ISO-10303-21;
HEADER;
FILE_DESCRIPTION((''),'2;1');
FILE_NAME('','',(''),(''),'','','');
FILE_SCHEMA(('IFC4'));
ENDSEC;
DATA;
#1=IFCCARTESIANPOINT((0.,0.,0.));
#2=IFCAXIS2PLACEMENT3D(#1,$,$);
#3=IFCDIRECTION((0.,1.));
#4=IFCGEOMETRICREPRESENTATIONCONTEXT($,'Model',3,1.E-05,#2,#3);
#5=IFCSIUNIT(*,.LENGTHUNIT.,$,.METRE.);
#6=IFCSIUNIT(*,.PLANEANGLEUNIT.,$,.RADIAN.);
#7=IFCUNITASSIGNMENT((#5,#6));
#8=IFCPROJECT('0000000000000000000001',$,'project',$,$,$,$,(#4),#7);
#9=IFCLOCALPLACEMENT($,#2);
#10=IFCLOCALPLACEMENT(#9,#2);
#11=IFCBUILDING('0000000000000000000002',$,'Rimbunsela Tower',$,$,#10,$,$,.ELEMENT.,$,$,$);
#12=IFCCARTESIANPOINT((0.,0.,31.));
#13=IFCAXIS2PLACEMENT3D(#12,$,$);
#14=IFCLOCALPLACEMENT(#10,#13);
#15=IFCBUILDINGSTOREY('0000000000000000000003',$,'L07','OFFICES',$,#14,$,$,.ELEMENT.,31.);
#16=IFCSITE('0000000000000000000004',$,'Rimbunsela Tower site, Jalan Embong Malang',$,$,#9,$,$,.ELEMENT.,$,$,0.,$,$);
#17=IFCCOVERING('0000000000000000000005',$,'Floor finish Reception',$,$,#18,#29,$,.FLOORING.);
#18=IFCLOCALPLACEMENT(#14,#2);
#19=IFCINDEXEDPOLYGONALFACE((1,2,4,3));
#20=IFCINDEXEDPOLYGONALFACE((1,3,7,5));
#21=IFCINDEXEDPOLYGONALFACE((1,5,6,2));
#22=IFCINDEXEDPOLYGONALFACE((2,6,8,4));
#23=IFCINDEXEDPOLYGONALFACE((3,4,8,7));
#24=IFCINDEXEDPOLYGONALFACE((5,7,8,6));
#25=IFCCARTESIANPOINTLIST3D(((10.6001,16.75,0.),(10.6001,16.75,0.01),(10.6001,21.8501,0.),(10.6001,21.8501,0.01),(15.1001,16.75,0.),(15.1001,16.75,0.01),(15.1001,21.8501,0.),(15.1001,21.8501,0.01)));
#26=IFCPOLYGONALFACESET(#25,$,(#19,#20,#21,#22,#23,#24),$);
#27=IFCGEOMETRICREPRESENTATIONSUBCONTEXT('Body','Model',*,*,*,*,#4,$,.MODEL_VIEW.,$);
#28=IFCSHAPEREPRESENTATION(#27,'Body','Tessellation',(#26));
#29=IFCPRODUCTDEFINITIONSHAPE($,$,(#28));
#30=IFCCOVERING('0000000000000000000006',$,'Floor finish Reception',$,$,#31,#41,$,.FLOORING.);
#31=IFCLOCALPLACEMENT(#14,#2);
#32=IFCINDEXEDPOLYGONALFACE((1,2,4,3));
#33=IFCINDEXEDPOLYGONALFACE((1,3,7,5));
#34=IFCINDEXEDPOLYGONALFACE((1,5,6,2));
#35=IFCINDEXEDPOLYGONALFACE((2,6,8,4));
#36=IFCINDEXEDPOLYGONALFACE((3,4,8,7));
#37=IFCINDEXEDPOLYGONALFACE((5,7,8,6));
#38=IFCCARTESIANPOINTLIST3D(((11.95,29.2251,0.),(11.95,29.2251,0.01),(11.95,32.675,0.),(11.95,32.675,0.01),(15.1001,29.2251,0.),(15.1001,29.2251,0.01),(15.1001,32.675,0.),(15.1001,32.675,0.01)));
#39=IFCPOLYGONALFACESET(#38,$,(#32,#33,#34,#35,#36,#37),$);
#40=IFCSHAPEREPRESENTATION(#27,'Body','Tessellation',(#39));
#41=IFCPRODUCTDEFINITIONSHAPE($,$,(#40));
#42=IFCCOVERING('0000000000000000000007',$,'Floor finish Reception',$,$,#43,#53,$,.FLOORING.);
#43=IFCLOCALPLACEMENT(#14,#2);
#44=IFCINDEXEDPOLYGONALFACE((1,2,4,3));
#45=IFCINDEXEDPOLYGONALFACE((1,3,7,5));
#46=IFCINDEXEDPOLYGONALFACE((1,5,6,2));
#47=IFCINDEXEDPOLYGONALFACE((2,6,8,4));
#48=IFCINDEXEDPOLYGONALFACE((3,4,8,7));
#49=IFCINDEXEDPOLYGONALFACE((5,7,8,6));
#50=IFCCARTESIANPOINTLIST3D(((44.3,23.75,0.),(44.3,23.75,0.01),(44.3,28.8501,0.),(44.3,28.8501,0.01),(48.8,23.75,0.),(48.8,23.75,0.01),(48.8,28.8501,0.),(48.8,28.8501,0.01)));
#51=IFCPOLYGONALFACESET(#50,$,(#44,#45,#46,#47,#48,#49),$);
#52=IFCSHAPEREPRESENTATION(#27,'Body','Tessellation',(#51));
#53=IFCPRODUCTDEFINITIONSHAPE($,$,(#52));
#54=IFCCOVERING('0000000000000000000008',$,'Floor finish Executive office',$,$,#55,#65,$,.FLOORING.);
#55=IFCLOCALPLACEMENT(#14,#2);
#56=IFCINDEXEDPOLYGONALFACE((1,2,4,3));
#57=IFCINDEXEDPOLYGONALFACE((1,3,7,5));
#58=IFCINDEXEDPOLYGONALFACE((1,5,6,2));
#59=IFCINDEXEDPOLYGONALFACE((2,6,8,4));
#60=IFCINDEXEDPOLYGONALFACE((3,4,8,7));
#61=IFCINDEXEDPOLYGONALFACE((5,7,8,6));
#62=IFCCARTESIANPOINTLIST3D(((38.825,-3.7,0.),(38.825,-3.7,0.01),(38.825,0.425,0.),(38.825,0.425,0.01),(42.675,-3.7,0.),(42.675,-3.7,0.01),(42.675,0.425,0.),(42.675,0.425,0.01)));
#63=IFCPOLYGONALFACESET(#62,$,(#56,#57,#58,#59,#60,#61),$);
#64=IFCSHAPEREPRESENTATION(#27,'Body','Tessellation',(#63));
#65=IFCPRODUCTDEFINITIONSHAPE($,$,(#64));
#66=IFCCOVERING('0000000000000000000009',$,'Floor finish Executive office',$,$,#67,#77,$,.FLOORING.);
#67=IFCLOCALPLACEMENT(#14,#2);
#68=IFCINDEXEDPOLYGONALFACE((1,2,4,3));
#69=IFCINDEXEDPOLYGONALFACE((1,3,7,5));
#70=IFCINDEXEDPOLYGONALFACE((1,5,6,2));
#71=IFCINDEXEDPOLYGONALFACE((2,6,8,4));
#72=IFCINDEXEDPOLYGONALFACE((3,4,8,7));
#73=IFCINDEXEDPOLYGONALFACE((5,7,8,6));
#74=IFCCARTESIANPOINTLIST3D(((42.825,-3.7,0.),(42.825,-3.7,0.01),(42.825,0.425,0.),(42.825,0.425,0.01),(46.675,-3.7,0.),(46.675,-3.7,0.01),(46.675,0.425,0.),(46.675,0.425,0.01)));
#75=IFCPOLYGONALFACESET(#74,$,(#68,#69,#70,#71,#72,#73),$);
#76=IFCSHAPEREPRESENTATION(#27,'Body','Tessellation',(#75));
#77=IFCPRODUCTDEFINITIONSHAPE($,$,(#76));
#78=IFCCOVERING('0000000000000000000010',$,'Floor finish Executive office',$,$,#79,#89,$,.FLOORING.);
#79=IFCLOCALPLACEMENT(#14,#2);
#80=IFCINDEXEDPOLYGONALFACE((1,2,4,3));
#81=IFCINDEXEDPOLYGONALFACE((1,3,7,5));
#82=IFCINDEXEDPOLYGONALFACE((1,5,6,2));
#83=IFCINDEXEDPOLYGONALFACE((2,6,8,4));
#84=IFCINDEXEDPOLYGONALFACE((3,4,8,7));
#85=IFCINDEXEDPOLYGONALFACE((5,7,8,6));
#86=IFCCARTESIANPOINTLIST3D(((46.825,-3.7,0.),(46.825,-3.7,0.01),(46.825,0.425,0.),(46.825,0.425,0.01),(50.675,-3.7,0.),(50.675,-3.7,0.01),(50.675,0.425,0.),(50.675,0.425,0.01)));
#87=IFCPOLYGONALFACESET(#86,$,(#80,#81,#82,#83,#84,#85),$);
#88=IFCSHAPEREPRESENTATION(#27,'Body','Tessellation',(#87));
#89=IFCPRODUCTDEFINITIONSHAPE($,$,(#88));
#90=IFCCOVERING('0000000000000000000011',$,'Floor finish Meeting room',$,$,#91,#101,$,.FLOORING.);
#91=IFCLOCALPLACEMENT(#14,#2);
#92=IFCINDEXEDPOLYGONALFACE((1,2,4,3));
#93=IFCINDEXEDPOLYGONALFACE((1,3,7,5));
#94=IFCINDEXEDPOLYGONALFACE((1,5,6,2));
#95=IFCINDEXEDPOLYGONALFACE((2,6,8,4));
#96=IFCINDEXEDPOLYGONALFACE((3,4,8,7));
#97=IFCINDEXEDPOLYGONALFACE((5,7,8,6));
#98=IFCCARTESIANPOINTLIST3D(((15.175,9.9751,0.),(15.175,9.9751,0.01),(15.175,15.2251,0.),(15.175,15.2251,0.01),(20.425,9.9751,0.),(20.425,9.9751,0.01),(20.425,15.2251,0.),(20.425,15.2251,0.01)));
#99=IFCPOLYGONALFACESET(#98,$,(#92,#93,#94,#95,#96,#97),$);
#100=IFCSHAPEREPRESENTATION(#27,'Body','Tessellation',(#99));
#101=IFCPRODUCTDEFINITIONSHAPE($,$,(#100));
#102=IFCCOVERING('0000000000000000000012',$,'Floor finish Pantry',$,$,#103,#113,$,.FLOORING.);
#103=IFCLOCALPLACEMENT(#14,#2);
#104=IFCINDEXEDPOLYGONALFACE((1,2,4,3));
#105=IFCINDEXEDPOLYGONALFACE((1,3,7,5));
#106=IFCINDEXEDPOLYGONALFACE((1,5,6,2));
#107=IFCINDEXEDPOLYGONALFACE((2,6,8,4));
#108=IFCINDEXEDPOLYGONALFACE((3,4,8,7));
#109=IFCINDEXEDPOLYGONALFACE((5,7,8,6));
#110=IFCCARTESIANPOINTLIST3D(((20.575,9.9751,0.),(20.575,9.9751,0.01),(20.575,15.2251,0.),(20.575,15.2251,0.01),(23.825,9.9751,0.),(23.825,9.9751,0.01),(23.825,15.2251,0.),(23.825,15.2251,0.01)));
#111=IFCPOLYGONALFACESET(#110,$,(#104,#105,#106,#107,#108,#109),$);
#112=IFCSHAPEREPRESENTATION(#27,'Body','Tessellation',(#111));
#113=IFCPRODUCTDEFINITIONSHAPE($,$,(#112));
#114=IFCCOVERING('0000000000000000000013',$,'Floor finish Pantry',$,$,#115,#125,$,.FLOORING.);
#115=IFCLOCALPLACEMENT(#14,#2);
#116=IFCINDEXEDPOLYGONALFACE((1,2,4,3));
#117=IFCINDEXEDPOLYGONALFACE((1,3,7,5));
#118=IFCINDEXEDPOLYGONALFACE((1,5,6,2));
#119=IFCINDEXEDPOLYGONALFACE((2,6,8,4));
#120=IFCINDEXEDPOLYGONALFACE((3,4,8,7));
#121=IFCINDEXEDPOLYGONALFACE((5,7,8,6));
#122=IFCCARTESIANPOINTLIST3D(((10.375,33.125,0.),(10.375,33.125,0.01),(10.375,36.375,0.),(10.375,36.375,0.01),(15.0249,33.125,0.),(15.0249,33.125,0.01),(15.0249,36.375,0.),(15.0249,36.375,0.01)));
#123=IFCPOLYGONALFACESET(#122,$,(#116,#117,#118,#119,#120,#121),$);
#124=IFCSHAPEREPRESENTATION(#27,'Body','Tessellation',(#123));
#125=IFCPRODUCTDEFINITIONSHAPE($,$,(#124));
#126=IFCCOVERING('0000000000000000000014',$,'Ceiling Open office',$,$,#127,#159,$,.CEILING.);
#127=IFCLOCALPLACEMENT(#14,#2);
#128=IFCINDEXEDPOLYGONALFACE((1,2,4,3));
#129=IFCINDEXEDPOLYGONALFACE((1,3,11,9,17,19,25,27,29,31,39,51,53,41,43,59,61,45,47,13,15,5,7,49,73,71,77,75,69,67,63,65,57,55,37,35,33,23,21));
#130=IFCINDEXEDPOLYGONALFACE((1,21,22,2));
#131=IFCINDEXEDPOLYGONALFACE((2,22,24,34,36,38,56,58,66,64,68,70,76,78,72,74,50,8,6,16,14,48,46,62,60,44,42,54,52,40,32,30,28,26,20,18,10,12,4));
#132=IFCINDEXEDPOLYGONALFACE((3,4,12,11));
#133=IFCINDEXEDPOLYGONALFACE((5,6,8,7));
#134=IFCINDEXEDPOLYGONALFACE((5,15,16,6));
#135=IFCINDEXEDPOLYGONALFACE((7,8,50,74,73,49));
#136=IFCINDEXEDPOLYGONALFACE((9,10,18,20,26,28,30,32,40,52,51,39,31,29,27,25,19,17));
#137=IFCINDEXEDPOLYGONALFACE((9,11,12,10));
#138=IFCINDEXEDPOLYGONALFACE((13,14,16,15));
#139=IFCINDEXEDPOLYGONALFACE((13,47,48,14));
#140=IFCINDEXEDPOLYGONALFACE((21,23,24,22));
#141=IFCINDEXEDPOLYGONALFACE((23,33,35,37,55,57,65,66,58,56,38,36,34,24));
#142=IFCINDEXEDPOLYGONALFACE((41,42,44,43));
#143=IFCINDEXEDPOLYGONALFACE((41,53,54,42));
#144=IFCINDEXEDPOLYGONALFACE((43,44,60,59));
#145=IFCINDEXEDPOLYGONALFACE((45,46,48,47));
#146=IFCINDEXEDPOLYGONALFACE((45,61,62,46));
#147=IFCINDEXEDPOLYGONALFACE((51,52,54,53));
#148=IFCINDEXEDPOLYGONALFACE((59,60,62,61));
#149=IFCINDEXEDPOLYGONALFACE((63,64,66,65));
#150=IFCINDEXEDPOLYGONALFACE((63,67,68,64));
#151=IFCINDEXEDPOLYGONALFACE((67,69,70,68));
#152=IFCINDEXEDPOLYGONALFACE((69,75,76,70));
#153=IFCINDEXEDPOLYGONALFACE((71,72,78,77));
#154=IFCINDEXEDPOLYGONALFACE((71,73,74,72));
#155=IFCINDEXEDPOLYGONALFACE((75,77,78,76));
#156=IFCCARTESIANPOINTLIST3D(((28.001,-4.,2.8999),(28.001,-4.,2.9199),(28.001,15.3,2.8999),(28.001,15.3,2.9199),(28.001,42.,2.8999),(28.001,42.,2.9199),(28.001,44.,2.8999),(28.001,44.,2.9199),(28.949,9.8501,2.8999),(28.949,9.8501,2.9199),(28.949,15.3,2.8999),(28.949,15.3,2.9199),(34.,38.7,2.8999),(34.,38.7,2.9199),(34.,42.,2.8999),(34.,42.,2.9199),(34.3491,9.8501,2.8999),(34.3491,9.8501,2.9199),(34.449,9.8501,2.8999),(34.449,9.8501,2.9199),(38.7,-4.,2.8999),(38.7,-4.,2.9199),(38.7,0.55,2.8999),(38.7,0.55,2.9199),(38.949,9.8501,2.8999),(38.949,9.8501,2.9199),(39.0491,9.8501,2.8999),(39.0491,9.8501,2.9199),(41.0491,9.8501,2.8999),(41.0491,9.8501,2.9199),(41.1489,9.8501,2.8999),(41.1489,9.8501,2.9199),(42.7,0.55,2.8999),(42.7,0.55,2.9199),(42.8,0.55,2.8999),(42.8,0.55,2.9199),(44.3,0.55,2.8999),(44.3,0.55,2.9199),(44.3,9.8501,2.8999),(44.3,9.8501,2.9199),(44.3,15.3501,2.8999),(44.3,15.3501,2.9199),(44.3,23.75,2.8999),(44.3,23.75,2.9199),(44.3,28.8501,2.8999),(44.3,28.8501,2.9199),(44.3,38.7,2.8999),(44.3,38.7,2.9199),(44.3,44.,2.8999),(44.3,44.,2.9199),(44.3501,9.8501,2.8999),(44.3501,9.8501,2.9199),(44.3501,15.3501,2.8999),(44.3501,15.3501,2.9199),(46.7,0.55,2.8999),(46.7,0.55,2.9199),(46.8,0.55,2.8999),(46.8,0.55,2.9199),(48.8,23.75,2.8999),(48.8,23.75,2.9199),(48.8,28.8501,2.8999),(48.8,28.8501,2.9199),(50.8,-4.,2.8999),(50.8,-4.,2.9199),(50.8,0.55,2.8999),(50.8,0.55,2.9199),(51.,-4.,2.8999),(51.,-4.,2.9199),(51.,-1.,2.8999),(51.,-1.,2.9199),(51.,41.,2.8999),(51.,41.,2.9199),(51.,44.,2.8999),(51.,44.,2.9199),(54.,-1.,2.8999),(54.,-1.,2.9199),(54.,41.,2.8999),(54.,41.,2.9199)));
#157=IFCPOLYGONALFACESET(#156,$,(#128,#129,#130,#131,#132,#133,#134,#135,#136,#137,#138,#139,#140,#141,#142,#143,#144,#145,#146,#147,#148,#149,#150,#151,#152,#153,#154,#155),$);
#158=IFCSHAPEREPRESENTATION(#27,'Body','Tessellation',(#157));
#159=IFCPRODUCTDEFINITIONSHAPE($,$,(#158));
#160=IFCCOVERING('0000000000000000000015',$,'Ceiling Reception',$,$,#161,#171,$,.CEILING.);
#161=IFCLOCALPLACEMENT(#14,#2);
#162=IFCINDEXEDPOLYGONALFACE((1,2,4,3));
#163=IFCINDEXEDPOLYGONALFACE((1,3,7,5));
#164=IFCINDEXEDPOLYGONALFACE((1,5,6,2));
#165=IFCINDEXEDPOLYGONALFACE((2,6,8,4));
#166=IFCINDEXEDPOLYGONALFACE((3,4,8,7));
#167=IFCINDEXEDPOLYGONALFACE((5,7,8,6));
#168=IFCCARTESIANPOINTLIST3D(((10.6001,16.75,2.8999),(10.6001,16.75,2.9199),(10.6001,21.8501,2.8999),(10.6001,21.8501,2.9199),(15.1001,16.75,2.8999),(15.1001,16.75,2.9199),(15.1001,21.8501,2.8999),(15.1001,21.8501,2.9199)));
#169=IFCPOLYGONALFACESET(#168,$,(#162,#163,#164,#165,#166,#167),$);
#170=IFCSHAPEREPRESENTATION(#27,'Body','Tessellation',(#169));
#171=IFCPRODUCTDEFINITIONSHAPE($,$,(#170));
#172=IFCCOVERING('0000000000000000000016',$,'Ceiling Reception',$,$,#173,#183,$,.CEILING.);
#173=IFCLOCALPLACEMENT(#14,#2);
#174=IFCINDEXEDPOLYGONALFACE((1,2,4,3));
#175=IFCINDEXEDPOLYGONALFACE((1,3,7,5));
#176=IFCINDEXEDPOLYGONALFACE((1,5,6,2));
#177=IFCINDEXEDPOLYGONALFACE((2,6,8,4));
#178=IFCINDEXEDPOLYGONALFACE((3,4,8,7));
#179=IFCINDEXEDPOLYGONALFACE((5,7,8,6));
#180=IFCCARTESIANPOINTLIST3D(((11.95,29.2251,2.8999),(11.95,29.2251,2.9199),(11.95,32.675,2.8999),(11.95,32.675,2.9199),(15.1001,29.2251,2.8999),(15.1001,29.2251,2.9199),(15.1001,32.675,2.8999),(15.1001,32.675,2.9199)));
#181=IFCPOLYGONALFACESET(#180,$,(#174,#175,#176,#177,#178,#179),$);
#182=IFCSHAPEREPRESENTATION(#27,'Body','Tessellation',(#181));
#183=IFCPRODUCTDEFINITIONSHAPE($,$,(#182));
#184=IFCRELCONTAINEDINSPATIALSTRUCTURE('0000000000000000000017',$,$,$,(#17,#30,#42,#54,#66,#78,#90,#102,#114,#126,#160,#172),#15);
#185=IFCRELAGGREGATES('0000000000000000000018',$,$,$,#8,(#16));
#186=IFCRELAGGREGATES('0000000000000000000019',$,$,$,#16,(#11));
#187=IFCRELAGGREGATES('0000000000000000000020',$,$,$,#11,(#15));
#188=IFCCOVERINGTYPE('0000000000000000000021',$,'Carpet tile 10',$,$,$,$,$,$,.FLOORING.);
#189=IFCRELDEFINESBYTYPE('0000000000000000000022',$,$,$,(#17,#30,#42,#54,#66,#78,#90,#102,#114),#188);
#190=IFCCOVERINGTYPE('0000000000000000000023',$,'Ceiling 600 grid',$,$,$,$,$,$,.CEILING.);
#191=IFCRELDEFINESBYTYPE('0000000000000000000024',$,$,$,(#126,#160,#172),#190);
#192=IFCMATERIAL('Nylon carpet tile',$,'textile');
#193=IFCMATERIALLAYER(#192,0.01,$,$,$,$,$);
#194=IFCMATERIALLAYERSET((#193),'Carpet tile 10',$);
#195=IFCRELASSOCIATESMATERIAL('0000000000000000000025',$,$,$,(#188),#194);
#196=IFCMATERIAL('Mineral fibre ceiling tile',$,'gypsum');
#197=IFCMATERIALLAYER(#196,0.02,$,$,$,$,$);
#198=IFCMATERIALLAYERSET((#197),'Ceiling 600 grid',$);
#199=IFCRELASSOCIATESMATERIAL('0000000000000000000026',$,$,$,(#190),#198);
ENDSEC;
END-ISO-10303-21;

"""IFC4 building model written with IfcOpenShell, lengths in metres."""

from ifc_helpers import new_model, si_unit, direction, frame, origin, place, context, subcontext, project, spatial, polyline, outline, extrude, material, layer, layer_set, type_object, element, save


model = new_model("IFC4")

# Units and contexts
model_context = context("Model", 3, precision=1e-05, world=origin(), true_north=direction((0.0, 1.0)))
body_context = subcontext(model_context, "Body", "Model", "MODEL_VIEW")
ifc_project = project(units=[si_unit("LENGTHUNIT", "METRE"), si_unit("PLANEANGLEUNIT", "RADIAN")], contexts=[model_context])

# Site, building, storey
site_placement = place(None, origin())
site = spatial("IfcSite", under=ifc_project, at=site_placement, Name="Rimbunsela Tower site, Jalan Embong Malang", CompositionType="ELEMENT", RefElevation=0.0)
building_placement = place(site_placement, origin())
building = spatial("IfcBuilding", under=site, at=building_placement, Name="Rimbunsela Tower", CompositionType="ELEMENT")
storey_placement = place(building_placement, frame((0.0, 0.0, 31.0)))
storey = spatial("IfcBuildingStorey", under=building, at=storey_placement, Name="L07", Description="OFFICES", CompositionType="ELEMENT", Elevation=31.0)

# Coverings
ifc_material_1 = material(Name="Nylon carpet tile", Category="textile")
ifc_layer_1 = layer(ifc_material_1, 0.01)
ifc_layer_set_1 = layer_set([ifc_layer_1], Name="Carpet tile 10")
covering_type_1 = type_object("IfcCoveringType", Name="Carpet tile 10", PredefinedType="FLOORING", material=ifc_layer_set_1)
covering_1_placement = place(storey_placement, origin())
element("IfcCovering", 1, at=covering_1_placement, inside=storey, type_object=covering_type_1, Name="Floor finish Reception", PredefinedType="FLOORING", context=body_context, shape_type="SweptSolid", body=[
    extrude(outline(polyline([(15.1001, 16.75), (15.1001, 21.8501), (10.6001, 21.8501), (10.6001, 16.75), (15.1001, 16.75)])), origin(), (0.0, 0.0, 1.0), 0.01),
])
covering_2_placement = place(storey_placement, origin())
element("IfcCovering", 2, at=covering_2_placement, inside=storey, type_object=covering_type_1, Name="Floor finish Reception", PredefinedType="FLOORING", context=body_context, shape_type="SweptSolid", body=[
    extrude(outline(polyline([(15.1001, 29.2251), (15.1001, 32.675), (11.95, 32.675), (11.95, 29.2251), (15.1001, 29.2251)])), origin(), (0.0, 0.0, 1.0), 0.01),
])
covering_3_placement = place(storey_placement, origin())
element("IfcCovering", 3, at=covering_3_placement, inside=storey, type_object=covering_type_1, Name="Floor finish Reception", PredefinedType="FLOORING", context=body_context, shape_type="SweptSolid", body=[
    extrude(outline(polyline([(48.8, 23.75), (48.8, 28.8501), (44.3, 28.8501), (44.3, 23.75), (48.8, 23.75)])), origin(), (0.0, 0.0, 1.0), 0.01),
])
covering_4_placement = place(storey_placement, origin())
element("IfcCovering", 4, at=covering_4_placement, inside=storey, type_object=covering_type_1, Name="Floor finish Executive office", PredefinedType="FLOORING", context=body_context, shape_type="SweptSolid", body=[
    extrude(outline(polyline([(42.675, -3.7), (42.675, 0.425), (38.825, 0.425), (38.825, -3.7), (42.675, -3.7)])), origin(), (0.0, 0.0, 1.0), 0.01),
])
covering_5_placement = place(storey_placement, origin())
element("IfcCovering", 5, at=covering_5_placement, inside=storey, type_object=covering_type_1, Name="Floor finish Executive office", PredefinedType="FLOORING", context=body_context, shape_type="SweptSolid", body=[
    extrude(outline(polyline([(46.675, -3.7), (46.675, 0.425), (42.825, 0.425), (42.825, -3.7), (46.675, -3.7)])), origin(), (0.0, 0.0, 1.0), 0.01),
])
covering_6_placement = place(storey_placement, origin())
element("IfcCovering", 6, at=covering_6_placement, inside=storey, type_object=covering_type_1, Name="Floor finish Executive office", PredefinedType="FLOORING", context=body_context, shape_type="SweptSolid", body=[
    extrude(outline(polyline([(50.675, -3.7), (50.675, 0.425), (46.825, 0.425), (46.825, -3.7), (50.675, -3.7)])), origin(), (0.0, 0.0, 1.0), 0.01),
])
covering_7_placement = place(storey_placement, origin())
element("IfcCovering", 7, at=covering_7_placement, inside=storey, type_object=covering_type_1, Name="Floor finish Meeting room", PredefinedType="FLOORING", context=body_context, shape_type="SweptSolid", body=[
    extrude(outline(polyline([(20.425, 9.9751), (20.425, 15.2251), (15.175, 15.2251), (15.175, 9.9751), (20.425, 9.9751)])), origin(), (0.0, 0.0, 1.0), 0.01),
])
covering_8_placement = place(storey_placement, origin())
element("IfcCovering", 8, at=covering_8_placement, inside=storey, type_object=covering_type_1, Name="Floor finish Pantry", PredefinedType="FLOORING", context=body_context, shape_type="SweptSolid", body=[
    extrude(outline(polyline([(23.825, 9.9751), (23.825, 15.2251), (20.575, 15.2251), (20.575, 9.9751), (23.825, 9.9751)])), origin(), (0.0, 0.0, 1.0), 0.01),
])
covering_9_placement = place(storey_placement, origin())
element("IfcCovering", 9, at=covering_9_placement, inside=storey, type_object=covering_type_1, Name="Floor finish Pantry", PredefinedType="FLOORING", context=body_context, shape_type="SweptSolid", body=[
    extrude(outline(polyline([(15.0249, 33.125), (15.0249, 36.375), (10.375, 36.375), (10.375, 33.125), (15.0249, 33.125)])), origin(), (0.0, 0.0, 1.0), 0.01),
])
ifc_material_2 = material(Name="Mineral fibre ceiling tile", Category="gypsum")
ifc_layer_2 = layer(ifc_material_2, 0.02)
ifc_layer_set_2 = layer_set([ifc_layer_2], Name="Ceiling 600 grid")
covering_type_2 = type_object("IfcCoveringType", Name="Ceiling 600 grid", PredefinedType="CEILING", material=ifc_layer_set_2)
covering_10_placement = place(storey_placement, frame((0.0, 0.0, 2.8999)))
element("IfcCovering", 10, at=covering_10_placement, inside=storey, type_object=covering_type_2, Name="Ceiling Open office", PredefinedType="CEILING", context=body_context, shape_type="SweptSolid", body=[
    extrude(outline(polyline([(42.7, 0.55), (38.7, 0.55), (38.7, -4.0), (28.001, -4.0), (28.001, 15.3), (28.949, 15.3), (28.949, 9.8501), (34.3491, 9.8501), (34.449, 9.8501), (38.949, 9.8501), (39.0491, 9.8501), (41.0491, 9.8501), (41.1489, 9.8501), (44.3, 9.8501), (44.3501, 9.8501), (44.3501, 15.3501), (44.3, 15.3501), (44.3, 23.75), (48.8, 23.75), (48.8, 28.8501), (44.3, 28.8501), (44.3, 38.7), (34.0, 38.7), (34.0, 42.0), (28.001, 42.0), (28.001, 44.0), (44.3, 44.0), (51.0, 44.0), (51.0, 41.0), (54.0, 41.0), (54.0, -1.0), (51.0, -1.0), (51.0, -4.0), (50.8, -4.0), (50.8, 0.55), (46.8, 0.55), (46.7, 0.55), (44.3, 0.55), (42.8, 0.55), (42.7, 0.55)])), origin(), (0.0, 0.0, 1.0), 0.02),
])
covering_11_placement = place(storey_placement, frame((0.0, 0.0, 2.8999)))
element("IfcCovering", 11, at=covering_11_placement, inside=storey, type_object=covering_type_2, Name="Ceiling Reception", PredefinedType="CEILING", context=body_context, shape_type="SweptSolid", body=[
    extrude(outline(polyline([(15.1001, 16.75), (15.1001, 21.8501), (10.6001, 21.8501), (10.6001, 16.75), (15.1001, 16.75)])), origin(), (0.0, 0.0, 1.0), 0.02),
])
covering_12_placement = place(storey_placement, frame((0.0, 0.0, 2.8999)))
element("IfcCovering", 12, at=covering_12_placement, inside=storey, type_object=covering_type_2, Name="Ceiling Reception", PredefinedType="CEILING", context=body_context, shape_type="SweptSolid", body=[
    extrude(outline(polyline([(15.1001, 29.2251), (15.1001, 32.675), (11.95, 32.675), (11.95, 29.2251), (15.1001, 29.2251)])), origin(), (0.0, 0.0, 1.0), 0.02),
])

save(model, "model.ifc")
